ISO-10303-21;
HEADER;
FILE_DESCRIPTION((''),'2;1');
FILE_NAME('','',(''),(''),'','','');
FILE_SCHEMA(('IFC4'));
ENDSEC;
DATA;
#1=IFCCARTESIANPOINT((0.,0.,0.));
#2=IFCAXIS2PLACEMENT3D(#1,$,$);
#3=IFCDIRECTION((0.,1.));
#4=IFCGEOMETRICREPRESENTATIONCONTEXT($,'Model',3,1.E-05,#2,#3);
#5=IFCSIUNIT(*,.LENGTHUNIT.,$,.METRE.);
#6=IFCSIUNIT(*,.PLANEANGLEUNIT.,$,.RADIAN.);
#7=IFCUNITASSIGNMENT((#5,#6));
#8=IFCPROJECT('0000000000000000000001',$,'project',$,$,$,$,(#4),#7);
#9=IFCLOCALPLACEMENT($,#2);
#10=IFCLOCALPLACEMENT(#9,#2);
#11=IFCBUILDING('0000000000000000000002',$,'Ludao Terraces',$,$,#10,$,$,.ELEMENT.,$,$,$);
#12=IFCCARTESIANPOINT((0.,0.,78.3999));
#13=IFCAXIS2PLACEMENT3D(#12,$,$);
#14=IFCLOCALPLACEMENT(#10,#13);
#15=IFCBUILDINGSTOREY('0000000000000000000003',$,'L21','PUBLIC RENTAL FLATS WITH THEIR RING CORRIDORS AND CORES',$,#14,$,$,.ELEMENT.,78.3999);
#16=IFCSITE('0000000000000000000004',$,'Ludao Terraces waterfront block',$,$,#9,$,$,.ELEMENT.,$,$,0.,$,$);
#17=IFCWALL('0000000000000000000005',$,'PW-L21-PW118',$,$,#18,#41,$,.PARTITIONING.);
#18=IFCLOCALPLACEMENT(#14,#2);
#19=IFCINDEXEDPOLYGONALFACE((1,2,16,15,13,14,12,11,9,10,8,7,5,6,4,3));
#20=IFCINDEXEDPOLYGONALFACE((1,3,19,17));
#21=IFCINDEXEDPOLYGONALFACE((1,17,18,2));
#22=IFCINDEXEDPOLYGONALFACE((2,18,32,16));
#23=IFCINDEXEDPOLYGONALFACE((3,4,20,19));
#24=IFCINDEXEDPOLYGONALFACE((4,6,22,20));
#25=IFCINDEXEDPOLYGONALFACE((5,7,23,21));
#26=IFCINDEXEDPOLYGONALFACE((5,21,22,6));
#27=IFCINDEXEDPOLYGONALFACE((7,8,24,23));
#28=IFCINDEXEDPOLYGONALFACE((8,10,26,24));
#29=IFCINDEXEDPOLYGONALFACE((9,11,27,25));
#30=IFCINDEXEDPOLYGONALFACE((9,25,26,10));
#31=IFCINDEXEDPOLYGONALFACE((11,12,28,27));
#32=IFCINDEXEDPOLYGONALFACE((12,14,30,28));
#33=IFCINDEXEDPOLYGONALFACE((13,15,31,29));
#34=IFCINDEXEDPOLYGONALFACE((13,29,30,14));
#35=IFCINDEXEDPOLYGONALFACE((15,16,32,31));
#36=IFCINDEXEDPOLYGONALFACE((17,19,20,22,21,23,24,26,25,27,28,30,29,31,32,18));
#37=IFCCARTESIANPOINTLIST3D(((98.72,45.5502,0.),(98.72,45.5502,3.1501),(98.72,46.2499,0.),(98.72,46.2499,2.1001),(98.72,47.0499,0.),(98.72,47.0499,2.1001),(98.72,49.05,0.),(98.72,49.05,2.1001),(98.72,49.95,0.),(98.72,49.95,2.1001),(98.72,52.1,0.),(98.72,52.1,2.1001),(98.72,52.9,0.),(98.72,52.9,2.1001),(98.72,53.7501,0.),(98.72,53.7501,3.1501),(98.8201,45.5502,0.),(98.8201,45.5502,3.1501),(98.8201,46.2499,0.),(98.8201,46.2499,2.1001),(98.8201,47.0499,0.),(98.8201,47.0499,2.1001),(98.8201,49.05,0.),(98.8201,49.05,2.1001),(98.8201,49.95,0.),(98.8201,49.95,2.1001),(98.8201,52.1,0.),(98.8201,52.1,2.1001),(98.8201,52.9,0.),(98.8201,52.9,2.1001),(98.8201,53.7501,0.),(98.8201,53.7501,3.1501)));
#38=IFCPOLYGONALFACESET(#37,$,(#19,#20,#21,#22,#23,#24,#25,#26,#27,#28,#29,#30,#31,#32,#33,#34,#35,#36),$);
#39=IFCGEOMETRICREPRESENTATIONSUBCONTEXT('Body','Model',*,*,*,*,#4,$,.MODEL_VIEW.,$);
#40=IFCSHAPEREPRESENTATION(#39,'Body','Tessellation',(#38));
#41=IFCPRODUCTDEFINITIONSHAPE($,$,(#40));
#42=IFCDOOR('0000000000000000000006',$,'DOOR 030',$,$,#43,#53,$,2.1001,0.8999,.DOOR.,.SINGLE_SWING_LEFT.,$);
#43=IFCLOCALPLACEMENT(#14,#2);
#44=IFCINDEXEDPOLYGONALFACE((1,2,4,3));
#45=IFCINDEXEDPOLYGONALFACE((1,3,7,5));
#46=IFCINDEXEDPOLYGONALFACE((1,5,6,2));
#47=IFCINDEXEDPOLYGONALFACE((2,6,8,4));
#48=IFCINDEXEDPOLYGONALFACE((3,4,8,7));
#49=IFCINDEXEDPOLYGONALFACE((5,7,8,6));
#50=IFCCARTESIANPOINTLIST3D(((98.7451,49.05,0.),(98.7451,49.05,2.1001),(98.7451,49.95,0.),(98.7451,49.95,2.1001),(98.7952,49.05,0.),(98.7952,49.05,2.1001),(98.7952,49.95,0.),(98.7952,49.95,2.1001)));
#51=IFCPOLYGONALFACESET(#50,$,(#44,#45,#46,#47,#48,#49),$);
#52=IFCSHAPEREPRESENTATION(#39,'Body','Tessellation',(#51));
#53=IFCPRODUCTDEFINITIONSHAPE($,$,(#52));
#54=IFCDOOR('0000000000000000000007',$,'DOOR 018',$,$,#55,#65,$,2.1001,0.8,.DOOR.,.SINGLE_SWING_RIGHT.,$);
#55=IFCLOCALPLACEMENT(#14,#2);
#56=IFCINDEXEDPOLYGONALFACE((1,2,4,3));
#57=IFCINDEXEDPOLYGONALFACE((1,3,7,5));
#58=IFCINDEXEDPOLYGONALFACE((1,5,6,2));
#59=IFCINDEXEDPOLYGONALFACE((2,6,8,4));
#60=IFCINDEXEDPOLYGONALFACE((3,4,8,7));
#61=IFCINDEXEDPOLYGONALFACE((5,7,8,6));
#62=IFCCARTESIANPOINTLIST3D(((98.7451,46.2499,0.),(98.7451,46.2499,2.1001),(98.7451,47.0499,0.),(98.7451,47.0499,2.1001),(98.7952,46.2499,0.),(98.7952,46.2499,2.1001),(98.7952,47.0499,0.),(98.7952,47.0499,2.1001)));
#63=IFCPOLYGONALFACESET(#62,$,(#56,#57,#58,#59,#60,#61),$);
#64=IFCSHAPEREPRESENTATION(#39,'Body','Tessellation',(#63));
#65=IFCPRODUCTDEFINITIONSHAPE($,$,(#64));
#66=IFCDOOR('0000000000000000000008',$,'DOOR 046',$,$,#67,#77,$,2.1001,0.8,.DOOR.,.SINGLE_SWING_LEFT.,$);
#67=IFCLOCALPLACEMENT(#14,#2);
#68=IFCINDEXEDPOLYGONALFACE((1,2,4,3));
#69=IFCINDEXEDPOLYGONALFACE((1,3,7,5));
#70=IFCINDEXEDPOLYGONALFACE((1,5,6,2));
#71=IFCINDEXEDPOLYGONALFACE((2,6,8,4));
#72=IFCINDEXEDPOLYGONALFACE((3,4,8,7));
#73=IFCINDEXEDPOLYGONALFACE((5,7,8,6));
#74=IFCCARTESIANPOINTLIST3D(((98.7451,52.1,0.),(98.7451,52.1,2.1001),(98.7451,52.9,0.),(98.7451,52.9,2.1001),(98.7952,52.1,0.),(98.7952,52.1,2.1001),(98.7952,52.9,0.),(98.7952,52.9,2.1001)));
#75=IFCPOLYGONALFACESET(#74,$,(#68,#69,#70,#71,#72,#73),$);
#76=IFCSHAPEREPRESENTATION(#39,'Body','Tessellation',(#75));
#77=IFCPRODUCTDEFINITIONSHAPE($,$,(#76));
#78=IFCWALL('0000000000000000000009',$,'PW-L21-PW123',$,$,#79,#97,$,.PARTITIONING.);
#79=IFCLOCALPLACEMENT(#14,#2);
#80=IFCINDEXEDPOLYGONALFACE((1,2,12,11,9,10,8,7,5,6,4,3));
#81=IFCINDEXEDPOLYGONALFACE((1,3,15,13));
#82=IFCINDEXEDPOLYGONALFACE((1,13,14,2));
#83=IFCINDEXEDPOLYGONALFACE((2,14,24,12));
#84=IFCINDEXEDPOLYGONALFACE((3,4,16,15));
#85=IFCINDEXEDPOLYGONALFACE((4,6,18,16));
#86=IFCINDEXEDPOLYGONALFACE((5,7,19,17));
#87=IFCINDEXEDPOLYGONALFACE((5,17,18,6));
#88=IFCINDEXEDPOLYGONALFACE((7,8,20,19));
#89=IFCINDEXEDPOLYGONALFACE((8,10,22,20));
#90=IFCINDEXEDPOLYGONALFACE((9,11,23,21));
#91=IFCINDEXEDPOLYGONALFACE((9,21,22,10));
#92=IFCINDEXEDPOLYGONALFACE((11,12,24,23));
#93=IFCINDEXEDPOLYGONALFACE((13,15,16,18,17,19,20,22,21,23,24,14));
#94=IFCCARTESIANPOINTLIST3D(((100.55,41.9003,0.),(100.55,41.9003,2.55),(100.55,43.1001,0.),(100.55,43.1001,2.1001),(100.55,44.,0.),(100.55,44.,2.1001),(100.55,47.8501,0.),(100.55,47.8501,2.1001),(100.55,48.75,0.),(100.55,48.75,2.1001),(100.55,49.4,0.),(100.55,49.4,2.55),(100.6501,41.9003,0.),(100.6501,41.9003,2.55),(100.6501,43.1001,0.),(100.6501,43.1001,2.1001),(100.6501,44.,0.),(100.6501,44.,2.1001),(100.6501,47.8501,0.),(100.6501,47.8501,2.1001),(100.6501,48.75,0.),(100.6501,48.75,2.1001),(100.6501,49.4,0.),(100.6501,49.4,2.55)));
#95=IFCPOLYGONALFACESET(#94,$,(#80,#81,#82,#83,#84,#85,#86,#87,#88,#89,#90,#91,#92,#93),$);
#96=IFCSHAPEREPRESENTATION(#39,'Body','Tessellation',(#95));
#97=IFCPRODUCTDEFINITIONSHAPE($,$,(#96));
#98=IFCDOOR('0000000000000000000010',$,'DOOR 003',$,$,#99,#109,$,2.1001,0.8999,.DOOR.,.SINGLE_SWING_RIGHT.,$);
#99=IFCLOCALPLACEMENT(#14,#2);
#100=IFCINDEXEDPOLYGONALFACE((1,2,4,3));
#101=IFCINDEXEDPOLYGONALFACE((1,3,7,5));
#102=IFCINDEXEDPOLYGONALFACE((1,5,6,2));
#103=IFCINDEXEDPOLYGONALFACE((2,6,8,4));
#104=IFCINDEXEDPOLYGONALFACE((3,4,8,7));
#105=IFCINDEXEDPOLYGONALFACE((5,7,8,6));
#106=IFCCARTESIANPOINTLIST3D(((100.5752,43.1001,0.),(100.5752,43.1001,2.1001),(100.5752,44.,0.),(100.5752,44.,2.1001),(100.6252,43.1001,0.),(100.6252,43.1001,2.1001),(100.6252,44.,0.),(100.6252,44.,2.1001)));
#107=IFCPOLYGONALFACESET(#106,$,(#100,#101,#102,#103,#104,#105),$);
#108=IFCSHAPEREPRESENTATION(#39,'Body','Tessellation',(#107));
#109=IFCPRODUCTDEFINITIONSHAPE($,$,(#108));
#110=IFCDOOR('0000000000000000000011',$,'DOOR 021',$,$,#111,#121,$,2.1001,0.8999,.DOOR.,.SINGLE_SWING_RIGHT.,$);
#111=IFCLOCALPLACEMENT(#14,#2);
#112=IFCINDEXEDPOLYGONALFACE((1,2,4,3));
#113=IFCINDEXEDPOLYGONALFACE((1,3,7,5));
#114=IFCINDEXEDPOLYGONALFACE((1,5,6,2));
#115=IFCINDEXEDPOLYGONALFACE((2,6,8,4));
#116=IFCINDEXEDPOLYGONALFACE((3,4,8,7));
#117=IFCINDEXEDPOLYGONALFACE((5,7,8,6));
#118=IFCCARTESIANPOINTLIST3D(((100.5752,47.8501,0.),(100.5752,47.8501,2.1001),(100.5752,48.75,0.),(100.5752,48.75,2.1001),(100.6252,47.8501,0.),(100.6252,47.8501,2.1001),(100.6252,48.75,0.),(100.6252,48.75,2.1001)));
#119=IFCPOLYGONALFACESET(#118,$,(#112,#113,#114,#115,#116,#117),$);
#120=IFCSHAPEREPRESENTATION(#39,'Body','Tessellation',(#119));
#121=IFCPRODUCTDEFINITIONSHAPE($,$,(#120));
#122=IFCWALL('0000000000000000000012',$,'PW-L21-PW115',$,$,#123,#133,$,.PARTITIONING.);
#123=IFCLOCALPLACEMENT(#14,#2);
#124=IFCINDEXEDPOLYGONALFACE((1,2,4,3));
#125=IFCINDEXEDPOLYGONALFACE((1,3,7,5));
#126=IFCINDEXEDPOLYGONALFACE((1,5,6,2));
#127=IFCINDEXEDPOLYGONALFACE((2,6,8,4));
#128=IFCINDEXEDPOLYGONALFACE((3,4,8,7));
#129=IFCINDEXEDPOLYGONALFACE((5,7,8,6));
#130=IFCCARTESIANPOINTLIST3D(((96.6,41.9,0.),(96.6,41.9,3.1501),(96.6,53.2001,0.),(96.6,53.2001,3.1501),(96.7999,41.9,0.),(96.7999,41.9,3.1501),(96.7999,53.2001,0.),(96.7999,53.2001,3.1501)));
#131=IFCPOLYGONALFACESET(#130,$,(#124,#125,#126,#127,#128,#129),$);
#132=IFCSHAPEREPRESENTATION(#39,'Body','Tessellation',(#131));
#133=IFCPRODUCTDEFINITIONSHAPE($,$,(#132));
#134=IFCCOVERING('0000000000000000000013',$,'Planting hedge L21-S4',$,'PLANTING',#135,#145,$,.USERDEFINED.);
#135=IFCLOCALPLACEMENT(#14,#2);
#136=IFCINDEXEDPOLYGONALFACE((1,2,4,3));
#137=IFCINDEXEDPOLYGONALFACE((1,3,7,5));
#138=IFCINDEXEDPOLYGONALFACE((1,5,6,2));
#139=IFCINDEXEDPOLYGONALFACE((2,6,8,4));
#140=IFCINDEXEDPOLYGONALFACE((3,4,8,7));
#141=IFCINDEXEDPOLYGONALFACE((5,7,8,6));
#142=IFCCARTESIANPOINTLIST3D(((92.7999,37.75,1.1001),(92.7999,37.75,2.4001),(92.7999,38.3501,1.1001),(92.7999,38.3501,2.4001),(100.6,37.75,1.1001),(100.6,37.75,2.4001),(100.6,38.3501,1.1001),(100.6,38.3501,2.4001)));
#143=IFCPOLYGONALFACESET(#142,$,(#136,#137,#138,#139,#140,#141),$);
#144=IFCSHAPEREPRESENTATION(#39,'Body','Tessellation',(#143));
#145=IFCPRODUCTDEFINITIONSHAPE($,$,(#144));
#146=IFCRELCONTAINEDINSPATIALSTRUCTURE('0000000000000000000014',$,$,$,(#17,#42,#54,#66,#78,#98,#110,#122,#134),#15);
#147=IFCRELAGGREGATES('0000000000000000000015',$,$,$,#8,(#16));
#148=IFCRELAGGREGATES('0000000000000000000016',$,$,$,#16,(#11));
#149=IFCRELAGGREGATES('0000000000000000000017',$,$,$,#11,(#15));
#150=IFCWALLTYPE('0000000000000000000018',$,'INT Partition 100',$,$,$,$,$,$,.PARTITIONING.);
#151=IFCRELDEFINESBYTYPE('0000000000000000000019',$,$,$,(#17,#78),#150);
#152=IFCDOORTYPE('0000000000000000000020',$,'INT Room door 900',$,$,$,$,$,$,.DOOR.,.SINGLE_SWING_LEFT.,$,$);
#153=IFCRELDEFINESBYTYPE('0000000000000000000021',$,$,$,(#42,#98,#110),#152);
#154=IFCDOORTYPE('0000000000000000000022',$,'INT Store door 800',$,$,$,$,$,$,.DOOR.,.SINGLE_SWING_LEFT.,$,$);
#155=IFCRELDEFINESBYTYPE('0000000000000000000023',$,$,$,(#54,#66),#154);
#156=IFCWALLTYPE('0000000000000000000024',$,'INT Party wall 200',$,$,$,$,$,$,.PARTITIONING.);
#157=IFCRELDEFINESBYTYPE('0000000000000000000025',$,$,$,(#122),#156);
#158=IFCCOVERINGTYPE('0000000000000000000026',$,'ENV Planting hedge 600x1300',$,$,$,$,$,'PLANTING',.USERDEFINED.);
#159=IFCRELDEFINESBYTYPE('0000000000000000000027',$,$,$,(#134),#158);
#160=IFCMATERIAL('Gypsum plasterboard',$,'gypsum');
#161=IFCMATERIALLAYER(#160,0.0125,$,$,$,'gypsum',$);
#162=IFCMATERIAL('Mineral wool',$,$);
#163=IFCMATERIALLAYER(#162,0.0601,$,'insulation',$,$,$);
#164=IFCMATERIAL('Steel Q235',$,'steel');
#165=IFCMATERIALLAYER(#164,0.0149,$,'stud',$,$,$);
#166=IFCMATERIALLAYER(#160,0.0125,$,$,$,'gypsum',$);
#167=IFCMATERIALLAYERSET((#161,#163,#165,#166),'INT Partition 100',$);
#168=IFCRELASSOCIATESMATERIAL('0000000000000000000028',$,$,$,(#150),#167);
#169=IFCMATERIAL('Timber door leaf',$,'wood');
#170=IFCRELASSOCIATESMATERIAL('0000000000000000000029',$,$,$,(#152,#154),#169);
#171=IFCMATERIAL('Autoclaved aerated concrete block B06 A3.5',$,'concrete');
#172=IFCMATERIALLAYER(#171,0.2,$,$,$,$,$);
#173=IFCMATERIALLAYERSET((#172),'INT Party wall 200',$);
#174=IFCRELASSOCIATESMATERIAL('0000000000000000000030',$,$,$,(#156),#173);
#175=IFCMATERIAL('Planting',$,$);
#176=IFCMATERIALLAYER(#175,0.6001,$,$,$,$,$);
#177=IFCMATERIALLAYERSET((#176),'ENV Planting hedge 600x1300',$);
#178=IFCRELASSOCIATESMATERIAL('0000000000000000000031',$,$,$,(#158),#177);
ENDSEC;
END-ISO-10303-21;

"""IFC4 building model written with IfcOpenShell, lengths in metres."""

from ifc_helpers import new_model, si_unit, direction, frame, frame_2d, origin, origin_2d, place, context, subcontext, project, spatial, rectangle, extrude, material, layer, layer_set, type_object, element, fill, save


model = new_model("IFC4")

# Units and contexts
model_context = context("Model", 3, precision=1e-05, world=origin(), true_north=direction((0.0, 1.0)))
body_context = subcontext(model_context, "Body", "Model", "MODEL_VIEW")
ifc_project = project(units=[si_unit("LENGTHUNIT", "METRE"), si_unit("PLANEANGLEUNIT", "RADIAN")], contexts=[model_context])

# Site, building, storey
site_placement = place(None, origin())
site = spatial("IfcSite", under=ifc_project, at=site_placement, Name="Ludao Terraces waterfront block", CompositionType="ELEMENT", RefElevation=0.0)
building_placement = place(site_placement, origin())
building = spatial("IfcBuilding", under=site, at=building_placement, Name="Ludao Terraces", CompositionType="ELEMENT")
storey_placement = place(building_placement, frame((0.0, 0.0, 78.3999)))
storey = spatial("IfcBuildingStorey", under=building, at=storey_placement, Name="L21", Description="PUBLIC RENTAL FLATS WITH THEIR RING CORRIDORS AND CORES", CompositionType="ELEMENT", Elevation=78.3999)

# Shared definitions
ifc_material_1 = material(Name="Gypsum plasterboard", Category="gypsum")
ifc_layer_1 = layer(ifc_material_1, 0.0125, Category="gypsum")
ifc_material_2 = material(Name="Mineral wool")
ifc_layer_2 = layer(ifc_material_2, 0.0601, Name="insulation")
ifc_material_3 = material(Name="Steel Q235", Category="steel")
ifc_layer_3 = layer(ifc_material_3, 0.0149, Name="stud")
ifc_layer_4 = layer(ifc_material_1, 0.0125, Category="gypsum")
ifc_layer_set_1 = layer_set([ifc_layer_1, ifc_layer_2, ifc_layer_3, ifc_layer_4], Name="INT Partition 100")
wall_type_1 = type_object("IfcWallType", Name="INT Partition 100", PredefinedType="PARTITIONING", material=ifc_layer_set_1)

# Walls, openings, doors
wall_1_placement = place(storey_placement, frame((98.77, 45.55, 0.0), z_axis=(0.0, 0.0, 1.0), x_axis=(0.0, 1.0, 0.0)))
wall_1 = element("IfcWall", 1, at=wall_1_placement, inside=storey, type_object=wall_type_1, Name="PW-L21-PW118", PredefinedType="PARTITIONING", context=body_context, shape_type="SweptSolid", body=[
    extrude(rectangle(XDim=8.2, YDim=0.1001, at=frame_2d((4.1001, 0.0))), origin(), (0.0, 0.0, 1.0), 3.1501),
])
opening_1_placement = place(wall_1_placement, frame((0.7, 0.0, 0.0)))
opening_1 = element("IfcOpeningElement", 2, at=opening_1_placement, cuts=wall_1, PredefinedType="OPENING", context=body_context, shape_type="SweptSolid", body=[
    extrude(rectangle(XDim=0.8, YDim=2.1001, at=frame_2d((0.3999, 1.05))), frame((0.0, 0.0601, 0.0), z_axis=(0.0, -1.0, 0.0), x_axis=(1.0, 0.0, 0.0)), (0.0, 0.0, 1.0), 0.1201),
])
opening_2_placement = place(wall_1_placement, frame((3.5, 0.0, 0.0)))
opening_2 = element("IfcOpeningElement", 3, at=opening_2_placement, cuts=wall_1, PredefinedType="OPENING", context=body_context, shape_type="SweptSolid", body=[
    extrude(rectangle(XDim=0.8999, YDim=2.1001, at=frame_2d((0.45, 1.05))), frame((0.0, 0.0601, 0.0), z_axis=(0.0, -1.0, 0.0), x_axis=(1.0, 0.0, 0.0)), (0.0, 0.0, 1.0), 0.1201),
])
opening_3_placement = place(wall_1_placement, frame((6.55, 0.0, 0.0)))
opening_3 = element("IfcOpeningElement", 4, at=opening_3_placement, cuts=wall_1, PredefinedType="OPENING", context=body_context, shape_type="SweptSolid", body=[
    extrude(rectangle(XDim=0.8, YDim=2.1001, at=frame_2d((0.3999, 1.05))), frame((0.0, 0.0601, 0.0), z_axis=(0.0, -1.0, 0.0), x_axis=(1.0, 0.0, 0.0)), (0.0, 0.0, 1.0), 0.1201),
])
ifc_material_4 = material(Name="Timber door leaf", Category="wood")
door_type_1 = type_object("IfcDoorType", Name="INT Room door 900", OperationType="SINGLE_SWING_LEFT", PredefinedType="DOOR", material=ifc_material_4)
door_1_placement = place(opening_2_placement, origin())
door_1 = element("IfcDoor", 5, at=door_1_placement, inside=storey, type_object=door_type_1, Name="DOOR 030", OperationType="SINGLE_SWING_LEFT", OverallHeight=2.1001, OverallWidth=0.8999, PredefinedType="DOOR", context=body_context, shape_type="SweptSolid", body=[
    extrude(rectangle(XDim=0.8999, YDim=2.1001, at=frame_2d((0.45, 1.05))), frame((0.0, 0.0249, 0.0), z_axis=(0.0, -1.0, 0.0), x_axis=(1.0, 0.0, 0.0)), (0.0, 0.0, 1.0), 0.05),
])
fill(opening_2, door_1)
door_type_2 = type_object("IfcDoorType", Name="INT Store door 800", OperationType="SINGLE_SWING_LEFT", PredefinedType="DOOR", material=ifc_material_4)
door_2_placement = place(opening_1_placement, origin())
door_2 = element("IfcDoor", 6, at=door_2_placement, inside=storey, type_object=door_type_2, Name="DOOR 018", OperationType="SINGLE_SWING_RIGHT", OverallHeight=2.1001, OverallWidth=0.8, PredefinedType="DOOR", context=body_context, shape_type="SweptSolid", body=[
    extrude(rectangle(XDim=0.8, YDim=2.1001, at=frame_2d((0.3999, 1.05))), frame((0.0, 0.0249, 0.0), z_axis=(0.0, -1.0, 0.0), x_axis=(1.0, 0.0, 0.0)), (0.0, 0.0, 1.0), 0.05),
])
fill(opening_1, door_2)
door_3_placement = place(opening_3_placement, origin())
door_3 = element("IfcDoor", 7, at=door_3_placement, inside=storey, type_object=door_type_2, Name="DOOR 046", OperationType="SINGLE_SWING_LEFT", OverallHeight=2.1001, OverallWidth=0.8, PredefinedType="DOOR", context=body_context, shape_type="SweptSolid", body=[
    extrude(rectangle(XDim=0.8, YDim=2.1001, at=frame_2d((0.3999, 1.05))), frame((0.0, 0.0249, 0.0), z_axis=(0.0, -1.0, 0.0), x_axis=(1.0, 0.0, 0.0)), (0.0, 0.0, 1.0), 0.05),
])
fill(opening_3, door_3)
wall_2_placement = place(storey_placement, frame((100.6001, 41.9001, 0.0), z_axis=(0.0, 0.0, 1.0), x_axis=(0.0, 1.0, 0.0)))
wall_2 = element("IfcWall", 8, at=wall_2_placement, inside=storey, type_object=wall_type_1, Name="PW-L21-PW123", PredefinedType="PARTITIONING", context=body_context, shape_type="SweptSolid", body=[
    extrude(rectangle(XDim=7.4998, YDim=0.1001, at=frame_2d((3.75, 0.0))), origin(), (0.0, 0.0, 1.0), 2.55),
])
opening_4_placement = place(wall_2_placement, frame((1.2, 0.0, 0.0)))
opening_4 = element("IfcOpeningElement", 9, at=opening_4_placement, cuts=wall_2, PredefinedType="OPENING", context=body_context, shape_type="SweptSolid", body=[
    extrude(rectangle(XDim=0.8999, YDim=2.1001, at=frame_2d((0.45, 1.05))), frame((0.0, 0.0601, 0.0), z_axis=(0.0, -1.0, 0.0), x_axis=(1.0, 0.0, 0.0)), (0.0, 0.0, 1.0), 0.1201),
])
opening_5_placement = place(wall_2_placement, frame((5.95, 0.0, 0.0)))
opening_5 = element("IfcOpeningElement", 10, at=opening_5_placement, cuts=wall_2, PredefinedType="OPENING", context=body_context, shape_type="SweptSolid", body=[
    extrude(rectangle(XDim=0.8999, YDim=2.1001, at=frame_2d((0.45, 1.05))), frame((0.0, 0.0601, 0.0), z_axis=(0.0, -1.0, 0.0), x_axis=(1.0, 0.0, 0.0)), (0.0, 0.0, 1.0), 0.1201),
])
door_4_placement = place(opening_4_placement, origin())
door_4 = element("IfcDoor", 11, at=door_4_placement, inside=storey, type_object=door_type_1, Name="DOOR 003", OperationType="SINGLE_SWING_RIGHT", OverallHeight=2.1001, OverallWidth=0.8999, PredefinedType="DOOR", context=body_context, shape_type="SweptSolid", body=[
    extrude(rectangle(XDim=0.8999, YDim=2.1001, at=frame_2d((0.45, 1.05))), frame((0.0, 0.0249, 0.0), z_axis=(0.0, -1.0, 0.0), x_axis=(1.0, 0.0, 0.0)), (0.0, 0.0, 1.0), 0.05),
])
fill(opening_4, door_4)
door_5_placement = place(opening_5_placement, origin())
door_5 = element("IfcDoor", 12, at=door_5_placement, inside=storey, type_object=door_type_1, Name="DOOR 021", OperationType="SINGLE_SWING_RIGHT", OverallHeight=2.1001, OverallWidth=0.8999, PredefinedType="DOOR", context=body_context, shape_type="SweptSolid", body=[
    extrude(rectangle(XDim=0.8999, YDim=2.1001, at=frame_2d((0.45, 1.05))), frame((0.0, 0.0249, 0.0), z_axis=(0.0, -1.0, 0.0), x_axis=(1.0, 0.0, 0.0)), (0.0, 0.0, 1.0), 0.05),
])
fill(opening_5, door_5)

# Wall
ifc_material_5 = material(Name="Autoclaved aerated concrete block B06 A3.5", Category="concrete")
ifc_layer_5 = layer(ifc_material_5, 0.2)
ifc_layer_set_2 = layer_set([ifc_layer_5], Name="INT Party wall 200")
wall_type_2 = type_object("IfcWallType", Name="INT Party wall 200", PredefinedType="PARTITIONING", material=ifc_layer_set_2)
wall_3_placement = place(storey_placement, frame((96.7, 41.9001, 0.0), z_axis=(0.0, 0.0, 1.0), x_axis=(0.0, 1.0, 0.0)))
element("IfcWall", 13, at=wall_3_placement, inside=storey, type_object=wall_type_2, Name="PW-L21-PW115", PredefinedType="PARTITIONING", context=body_context, shape_type="SweptSolid", body=[
    extrude(rectangle(XDim=11.3, YDim=0.2, at=frame_2d((5.6499, 0.0))), origin(), (0.0, 0.0, 1.0), 3.1501),
])

# Covering
ifc_material_6 = material(Name="Planting")
ifc_layer_6 = layer(ifc_material_6, 0.6001)
ifc_layer_set_3 = layer_set([ifc_layer_6], Name="ENV Planting hedge 600x1300")
covering_type = type_object("IfcCoveringType", Name="ENV Planting hedge 600x1300", ElementType="PLANTING", PredefinedType="USERDEFINED", material=ifc_layer_set_3)
covering_placement = place(storey_placement, frame((96.7, 38.05, 1.1001), z_axis=(0.0, 0.0, 1.0), x_axis=(1.0, 0.0, 0.0)))
element("IfcCovering", 14, at=covering_placement, inside=storey, type_object=covering_type, Name="Planting hedge L21-S4", ObjectType="PLANTING", PredefinedType="USERDEFINED", context=body_context, shape_type="SweptSolid", body=[
    extrude(rectangle(XDim=7.8, YDim=0.6001, at=origin_2d()), origin(), (0.0, 0.0, 1.0), 1.3),
])

save(model, "model.ifc")
